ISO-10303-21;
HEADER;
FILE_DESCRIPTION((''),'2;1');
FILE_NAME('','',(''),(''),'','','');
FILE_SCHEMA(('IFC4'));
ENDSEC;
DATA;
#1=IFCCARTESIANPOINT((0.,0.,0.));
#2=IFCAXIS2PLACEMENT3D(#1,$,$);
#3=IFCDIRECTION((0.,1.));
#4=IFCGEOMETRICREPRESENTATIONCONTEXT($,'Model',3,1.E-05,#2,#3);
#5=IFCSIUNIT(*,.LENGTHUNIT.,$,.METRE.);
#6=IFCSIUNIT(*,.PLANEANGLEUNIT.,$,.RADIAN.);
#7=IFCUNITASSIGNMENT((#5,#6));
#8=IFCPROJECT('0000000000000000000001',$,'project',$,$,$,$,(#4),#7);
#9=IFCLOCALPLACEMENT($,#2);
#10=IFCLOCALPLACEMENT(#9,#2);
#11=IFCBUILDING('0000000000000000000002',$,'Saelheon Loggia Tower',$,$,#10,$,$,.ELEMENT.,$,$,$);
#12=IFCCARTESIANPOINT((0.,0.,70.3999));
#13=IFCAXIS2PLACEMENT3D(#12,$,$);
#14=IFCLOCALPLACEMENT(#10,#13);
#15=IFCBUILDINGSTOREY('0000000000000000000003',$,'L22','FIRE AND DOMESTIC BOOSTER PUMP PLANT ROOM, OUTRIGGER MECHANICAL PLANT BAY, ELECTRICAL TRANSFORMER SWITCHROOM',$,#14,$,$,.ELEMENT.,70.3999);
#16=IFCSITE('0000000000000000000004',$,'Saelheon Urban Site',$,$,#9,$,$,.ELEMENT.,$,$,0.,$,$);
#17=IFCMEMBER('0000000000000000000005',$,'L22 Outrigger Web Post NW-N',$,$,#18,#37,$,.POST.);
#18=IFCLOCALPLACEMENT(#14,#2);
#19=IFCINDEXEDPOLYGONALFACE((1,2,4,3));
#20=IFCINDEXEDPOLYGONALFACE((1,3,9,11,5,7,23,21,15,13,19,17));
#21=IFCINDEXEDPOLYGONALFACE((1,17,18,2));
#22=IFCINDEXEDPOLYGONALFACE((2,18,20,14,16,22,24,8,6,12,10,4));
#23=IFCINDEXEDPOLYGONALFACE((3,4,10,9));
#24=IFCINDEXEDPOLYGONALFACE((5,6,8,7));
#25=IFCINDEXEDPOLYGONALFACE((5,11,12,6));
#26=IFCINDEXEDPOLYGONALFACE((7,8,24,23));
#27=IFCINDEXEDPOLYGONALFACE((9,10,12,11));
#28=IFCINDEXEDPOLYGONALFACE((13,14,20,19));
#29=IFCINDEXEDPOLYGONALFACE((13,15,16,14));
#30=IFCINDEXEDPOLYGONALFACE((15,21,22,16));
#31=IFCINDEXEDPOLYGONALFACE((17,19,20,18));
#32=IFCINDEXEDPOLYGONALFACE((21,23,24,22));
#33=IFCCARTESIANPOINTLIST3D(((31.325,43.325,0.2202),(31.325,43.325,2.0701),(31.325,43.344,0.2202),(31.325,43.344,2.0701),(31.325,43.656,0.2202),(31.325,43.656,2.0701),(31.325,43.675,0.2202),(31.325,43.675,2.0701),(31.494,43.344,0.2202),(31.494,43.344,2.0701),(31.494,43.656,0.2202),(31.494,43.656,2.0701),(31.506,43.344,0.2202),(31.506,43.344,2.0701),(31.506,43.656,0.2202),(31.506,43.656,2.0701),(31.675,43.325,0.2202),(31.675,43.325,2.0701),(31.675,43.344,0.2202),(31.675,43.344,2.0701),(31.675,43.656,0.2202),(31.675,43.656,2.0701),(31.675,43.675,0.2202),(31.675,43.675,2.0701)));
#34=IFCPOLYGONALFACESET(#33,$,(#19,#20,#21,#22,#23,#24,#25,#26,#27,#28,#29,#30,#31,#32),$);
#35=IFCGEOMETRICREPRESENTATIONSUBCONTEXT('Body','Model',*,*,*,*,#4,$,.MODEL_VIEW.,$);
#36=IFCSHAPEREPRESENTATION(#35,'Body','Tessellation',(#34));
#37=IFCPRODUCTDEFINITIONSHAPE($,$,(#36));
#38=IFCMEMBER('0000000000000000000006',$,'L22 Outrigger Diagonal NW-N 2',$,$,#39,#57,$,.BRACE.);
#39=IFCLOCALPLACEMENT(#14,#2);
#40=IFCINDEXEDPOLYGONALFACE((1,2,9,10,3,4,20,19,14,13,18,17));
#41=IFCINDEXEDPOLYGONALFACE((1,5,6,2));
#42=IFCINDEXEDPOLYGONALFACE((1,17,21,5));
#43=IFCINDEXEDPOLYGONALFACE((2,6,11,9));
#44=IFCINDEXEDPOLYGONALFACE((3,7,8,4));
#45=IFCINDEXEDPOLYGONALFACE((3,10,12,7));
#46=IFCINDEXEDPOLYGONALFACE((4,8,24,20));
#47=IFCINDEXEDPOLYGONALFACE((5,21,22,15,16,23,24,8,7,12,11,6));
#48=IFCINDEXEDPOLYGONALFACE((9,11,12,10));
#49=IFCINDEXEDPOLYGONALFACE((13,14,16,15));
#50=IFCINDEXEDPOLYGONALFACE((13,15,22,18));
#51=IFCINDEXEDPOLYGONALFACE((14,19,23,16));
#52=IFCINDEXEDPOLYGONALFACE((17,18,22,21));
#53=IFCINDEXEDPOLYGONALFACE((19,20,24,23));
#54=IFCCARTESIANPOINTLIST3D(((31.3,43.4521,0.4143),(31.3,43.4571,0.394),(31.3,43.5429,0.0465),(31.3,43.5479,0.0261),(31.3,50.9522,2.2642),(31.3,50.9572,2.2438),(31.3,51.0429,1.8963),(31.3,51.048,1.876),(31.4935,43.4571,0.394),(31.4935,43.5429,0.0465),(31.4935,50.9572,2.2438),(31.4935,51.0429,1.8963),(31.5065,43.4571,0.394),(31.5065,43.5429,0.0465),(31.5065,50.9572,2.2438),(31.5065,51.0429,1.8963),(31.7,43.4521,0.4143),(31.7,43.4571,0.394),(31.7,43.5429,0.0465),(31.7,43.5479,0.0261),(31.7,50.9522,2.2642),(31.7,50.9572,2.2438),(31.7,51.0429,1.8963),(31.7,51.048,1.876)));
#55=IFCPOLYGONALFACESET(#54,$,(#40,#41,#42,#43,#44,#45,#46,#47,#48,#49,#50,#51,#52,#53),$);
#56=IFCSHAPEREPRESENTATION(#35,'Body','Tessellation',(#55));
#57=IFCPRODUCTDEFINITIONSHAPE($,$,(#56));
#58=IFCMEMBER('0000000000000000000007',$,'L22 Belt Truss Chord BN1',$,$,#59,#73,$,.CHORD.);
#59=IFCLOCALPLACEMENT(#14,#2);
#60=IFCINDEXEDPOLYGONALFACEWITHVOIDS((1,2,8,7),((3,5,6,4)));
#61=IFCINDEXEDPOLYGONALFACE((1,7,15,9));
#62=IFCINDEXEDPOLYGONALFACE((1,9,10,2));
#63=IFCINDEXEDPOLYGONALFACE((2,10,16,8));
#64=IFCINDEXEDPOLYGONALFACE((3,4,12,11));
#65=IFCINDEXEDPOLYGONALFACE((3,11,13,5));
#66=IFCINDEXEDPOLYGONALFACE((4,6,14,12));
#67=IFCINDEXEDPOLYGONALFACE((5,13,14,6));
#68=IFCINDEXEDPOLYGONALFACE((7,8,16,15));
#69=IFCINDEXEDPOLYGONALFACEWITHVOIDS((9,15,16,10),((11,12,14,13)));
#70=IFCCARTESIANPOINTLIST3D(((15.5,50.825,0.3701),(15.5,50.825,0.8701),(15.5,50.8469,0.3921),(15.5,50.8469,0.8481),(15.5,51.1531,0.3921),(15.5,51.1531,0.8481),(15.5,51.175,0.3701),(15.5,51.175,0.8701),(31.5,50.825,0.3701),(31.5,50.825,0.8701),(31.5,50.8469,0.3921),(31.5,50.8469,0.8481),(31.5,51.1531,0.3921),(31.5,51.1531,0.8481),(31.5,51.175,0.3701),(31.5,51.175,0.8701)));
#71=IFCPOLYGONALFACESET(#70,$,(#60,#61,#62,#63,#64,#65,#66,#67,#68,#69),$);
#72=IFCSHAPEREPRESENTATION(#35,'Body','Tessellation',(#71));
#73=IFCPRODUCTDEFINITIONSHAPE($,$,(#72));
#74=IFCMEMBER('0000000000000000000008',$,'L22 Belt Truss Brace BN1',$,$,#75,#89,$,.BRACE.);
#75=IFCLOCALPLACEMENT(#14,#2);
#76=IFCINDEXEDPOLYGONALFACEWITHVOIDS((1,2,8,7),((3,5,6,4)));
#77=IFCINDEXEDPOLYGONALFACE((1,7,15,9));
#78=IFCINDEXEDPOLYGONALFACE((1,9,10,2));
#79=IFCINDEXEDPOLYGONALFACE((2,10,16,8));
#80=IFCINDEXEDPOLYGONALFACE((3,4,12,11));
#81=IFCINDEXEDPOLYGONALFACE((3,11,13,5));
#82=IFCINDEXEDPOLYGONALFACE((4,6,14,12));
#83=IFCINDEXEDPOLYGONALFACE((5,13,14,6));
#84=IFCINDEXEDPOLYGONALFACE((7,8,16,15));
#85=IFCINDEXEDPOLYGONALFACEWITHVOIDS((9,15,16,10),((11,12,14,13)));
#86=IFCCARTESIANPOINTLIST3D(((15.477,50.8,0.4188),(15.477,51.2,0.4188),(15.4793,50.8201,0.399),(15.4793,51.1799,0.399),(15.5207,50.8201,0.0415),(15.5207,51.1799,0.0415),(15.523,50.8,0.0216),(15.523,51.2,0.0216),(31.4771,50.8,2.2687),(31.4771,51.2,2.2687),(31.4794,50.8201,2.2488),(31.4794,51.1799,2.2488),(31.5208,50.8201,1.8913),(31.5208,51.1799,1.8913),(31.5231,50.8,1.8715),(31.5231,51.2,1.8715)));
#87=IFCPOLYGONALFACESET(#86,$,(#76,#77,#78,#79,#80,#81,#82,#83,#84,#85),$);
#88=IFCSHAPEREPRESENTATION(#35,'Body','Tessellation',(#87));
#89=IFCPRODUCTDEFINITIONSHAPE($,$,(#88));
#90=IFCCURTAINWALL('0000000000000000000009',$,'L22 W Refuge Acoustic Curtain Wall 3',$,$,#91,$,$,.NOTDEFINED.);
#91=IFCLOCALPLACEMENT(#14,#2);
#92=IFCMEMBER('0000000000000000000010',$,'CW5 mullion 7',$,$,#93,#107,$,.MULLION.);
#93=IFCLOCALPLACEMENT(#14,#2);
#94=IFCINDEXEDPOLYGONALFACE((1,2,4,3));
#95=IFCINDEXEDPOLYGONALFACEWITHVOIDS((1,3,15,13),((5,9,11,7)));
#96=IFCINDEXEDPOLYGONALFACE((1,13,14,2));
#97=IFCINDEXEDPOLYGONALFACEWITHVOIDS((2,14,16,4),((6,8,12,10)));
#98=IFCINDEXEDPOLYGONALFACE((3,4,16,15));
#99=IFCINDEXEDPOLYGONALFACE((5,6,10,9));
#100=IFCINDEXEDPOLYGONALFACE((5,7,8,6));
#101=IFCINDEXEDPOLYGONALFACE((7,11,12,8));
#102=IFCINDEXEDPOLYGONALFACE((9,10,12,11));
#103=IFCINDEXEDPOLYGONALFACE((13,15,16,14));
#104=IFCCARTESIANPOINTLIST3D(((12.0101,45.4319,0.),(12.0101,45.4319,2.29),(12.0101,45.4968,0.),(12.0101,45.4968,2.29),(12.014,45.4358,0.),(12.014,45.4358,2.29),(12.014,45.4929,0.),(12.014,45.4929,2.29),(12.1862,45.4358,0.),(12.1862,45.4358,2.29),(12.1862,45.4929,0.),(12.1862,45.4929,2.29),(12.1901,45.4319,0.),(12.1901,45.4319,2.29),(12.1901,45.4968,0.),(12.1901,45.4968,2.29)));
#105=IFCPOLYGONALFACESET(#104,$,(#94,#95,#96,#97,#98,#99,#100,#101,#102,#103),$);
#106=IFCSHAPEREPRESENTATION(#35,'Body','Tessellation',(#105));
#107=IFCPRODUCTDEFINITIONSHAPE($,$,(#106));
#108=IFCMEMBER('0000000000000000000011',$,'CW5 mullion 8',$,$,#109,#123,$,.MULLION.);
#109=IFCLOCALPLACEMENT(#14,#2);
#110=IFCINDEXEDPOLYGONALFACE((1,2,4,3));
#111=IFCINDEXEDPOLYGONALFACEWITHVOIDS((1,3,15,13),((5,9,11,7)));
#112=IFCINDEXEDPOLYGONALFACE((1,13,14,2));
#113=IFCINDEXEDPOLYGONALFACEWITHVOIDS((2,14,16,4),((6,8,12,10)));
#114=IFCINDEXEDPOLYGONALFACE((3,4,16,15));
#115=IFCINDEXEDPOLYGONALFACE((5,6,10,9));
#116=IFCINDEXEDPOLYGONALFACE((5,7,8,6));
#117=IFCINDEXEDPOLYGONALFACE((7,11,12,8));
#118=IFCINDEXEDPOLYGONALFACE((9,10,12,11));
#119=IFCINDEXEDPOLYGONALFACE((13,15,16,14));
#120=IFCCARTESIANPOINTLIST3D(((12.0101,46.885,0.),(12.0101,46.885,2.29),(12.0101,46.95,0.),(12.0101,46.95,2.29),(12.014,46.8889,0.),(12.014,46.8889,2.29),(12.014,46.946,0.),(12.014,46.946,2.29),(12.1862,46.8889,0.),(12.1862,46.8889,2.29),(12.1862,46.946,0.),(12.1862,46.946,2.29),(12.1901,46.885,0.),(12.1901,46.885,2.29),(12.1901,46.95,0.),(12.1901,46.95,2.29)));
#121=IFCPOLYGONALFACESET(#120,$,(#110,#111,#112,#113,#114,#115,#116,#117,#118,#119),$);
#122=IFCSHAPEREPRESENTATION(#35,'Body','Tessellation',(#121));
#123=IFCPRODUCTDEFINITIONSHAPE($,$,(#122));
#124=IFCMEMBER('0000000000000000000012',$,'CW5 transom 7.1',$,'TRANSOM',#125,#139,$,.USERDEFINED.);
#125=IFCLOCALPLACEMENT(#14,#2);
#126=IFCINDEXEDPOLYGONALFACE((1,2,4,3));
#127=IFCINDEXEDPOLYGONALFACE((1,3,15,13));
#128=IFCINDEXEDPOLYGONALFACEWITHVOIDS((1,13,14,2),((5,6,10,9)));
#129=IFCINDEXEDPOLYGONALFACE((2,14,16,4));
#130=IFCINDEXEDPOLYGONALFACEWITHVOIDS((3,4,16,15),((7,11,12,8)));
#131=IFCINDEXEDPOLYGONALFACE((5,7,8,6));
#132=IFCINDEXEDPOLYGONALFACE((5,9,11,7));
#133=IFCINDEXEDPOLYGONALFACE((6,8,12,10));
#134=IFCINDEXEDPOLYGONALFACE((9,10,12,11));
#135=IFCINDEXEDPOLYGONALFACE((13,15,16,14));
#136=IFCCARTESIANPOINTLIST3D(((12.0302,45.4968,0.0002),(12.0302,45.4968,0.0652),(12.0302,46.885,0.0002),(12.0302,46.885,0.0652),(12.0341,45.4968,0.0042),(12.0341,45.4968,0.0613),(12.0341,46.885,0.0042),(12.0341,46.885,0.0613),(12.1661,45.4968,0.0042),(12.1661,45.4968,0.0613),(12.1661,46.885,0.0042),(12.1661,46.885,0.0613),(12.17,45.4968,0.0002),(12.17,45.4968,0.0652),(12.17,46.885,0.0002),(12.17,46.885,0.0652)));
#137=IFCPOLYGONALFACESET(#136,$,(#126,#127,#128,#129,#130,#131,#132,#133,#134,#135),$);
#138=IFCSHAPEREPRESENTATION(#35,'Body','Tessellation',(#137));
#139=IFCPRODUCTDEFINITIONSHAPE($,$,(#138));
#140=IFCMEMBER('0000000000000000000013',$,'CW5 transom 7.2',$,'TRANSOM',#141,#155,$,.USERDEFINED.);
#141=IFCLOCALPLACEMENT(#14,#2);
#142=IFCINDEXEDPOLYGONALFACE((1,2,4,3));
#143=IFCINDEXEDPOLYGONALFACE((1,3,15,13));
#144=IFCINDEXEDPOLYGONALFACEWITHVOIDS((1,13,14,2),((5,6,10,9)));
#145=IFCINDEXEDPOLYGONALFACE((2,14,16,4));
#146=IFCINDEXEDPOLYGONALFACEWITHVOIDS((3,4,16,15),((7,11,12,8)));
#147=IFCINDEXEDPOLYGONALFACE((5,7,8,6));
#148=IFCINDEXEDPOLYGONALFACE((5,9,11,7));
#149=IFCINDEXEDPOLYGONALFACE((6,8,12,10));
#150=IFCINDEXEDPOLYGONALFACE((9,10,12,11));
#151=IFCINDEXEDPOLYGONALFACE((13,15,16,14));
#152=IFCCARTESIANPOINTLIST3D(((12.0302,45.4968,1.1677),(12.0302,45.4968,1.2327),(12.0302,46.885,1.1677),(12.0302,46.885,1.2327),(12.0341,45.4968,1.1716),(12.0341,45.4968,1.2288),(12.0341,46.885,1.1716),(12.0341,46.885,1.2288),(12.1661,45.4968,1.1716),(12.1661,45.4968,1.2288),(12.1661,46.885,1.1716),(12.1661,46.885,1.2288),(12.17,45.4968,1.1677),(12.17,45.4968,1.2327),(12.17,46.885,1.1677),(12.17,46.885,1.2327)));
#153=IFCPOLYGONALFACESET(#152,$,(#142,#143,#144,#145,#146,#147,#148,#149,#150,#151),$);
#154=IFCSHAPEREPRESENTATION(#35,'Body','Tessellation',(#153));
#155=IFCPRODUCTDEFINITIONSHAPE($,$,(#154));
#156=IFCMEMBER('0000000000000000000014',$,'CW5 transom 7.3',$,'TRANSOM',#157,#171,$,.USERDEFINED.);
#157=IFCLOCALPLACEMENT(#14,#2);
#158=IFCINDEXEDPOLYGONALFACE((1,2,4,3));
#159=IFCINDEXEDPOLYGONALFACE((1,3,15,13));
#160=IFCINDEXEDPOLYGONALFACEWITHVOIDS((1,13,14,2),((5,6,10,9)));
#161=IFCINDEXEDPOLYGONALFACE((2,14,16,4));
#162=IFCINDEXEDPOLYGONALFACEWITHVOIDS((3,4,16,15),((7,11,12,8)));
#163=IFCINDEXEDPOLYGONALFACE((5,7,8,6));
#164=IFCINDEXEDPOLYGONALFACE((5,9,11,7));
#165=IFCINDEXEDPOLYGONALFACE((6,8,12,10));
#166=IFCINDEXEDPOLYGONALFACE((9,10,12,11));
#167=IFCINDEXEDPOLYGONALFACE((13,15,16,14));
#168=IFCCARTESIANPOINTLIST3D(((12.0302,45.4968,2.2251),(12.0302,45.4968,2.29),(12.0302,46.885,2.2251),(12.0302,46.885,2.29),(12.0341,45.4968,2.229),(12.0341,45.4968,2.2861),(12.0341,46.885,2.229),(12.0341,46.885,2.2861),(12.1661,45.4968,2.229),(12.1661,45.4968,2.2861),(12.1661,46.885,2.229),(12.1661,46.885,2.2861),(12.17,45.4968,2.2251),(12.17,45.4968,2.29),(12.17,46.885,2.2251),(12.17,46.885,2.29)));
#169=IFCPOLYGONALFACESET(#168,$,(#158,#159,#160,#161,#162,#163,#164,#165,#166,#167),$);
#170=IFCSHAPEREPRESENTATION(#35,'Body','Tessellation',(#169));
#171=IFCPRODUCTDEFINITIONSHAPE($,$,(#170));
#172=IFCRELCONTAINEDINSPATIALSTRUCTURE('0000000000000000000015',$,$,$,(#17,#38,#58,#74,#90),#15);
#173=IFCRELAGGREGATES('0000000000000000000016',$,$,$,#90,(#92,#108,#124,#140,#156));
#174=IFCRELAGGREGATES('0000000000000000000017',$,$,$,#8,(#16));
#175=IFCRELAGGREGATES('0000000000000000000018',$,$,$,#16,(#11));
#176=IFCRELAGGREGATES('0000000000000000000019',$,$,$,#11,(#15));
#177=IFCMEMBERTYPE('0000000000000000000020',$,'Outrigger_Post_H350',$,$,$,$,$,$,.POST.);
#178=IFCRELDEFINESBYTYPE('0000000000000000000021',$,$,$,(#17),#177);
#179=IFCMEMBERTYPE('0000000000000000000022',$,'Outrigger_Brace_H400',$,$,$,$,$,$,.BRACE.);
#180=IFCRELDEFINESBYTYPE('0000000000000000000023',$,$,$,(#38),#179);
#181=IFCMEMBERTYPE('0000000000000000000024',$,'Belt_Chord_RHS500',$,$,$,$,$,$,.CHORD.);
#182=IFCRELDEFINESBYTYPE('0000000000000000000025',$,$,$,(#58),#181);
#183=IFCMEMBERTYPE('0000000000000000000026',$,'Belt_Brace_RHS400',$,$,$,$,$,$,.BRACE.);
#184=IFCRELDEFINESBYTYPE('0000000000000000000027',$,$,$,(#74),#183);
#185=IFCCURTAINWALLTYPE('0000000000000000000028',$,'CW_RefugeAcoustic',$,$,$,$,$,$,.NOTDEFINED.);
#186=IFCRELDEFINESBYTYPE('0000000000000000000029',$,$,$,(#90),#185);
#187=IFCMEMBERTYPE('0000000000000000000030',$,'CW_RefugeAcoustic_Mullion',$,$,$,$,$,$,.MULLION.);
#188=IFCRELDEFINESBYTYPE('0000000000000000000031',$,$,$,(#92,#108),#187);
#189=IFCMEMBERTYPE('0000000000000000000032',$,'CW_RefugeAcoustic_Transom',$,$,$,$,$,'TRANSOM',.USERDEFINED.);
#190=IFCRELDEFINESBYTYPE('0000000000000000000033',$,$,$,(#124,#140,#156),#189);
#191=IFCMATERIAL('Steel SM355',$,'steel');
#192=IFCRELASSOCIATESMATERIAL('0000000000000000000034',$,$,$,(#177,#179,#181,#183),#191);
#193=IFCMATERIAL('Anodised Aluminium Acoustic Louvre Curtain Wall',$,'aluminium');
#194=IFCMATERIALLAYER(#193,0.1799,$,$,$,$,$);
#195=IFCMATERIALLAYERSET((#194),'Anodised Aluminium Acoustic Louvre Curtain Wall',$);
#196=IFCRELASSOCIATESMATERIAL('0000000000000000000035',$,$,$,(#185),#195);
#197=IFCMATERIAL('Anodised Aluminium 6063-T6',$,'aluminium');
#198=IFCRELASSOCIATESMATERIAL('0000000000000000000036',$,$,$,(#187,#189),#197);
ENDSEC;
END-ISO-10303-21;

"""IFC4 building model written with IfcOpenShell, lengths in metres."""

from ifc_helpers import new_model, si_unit, direction, frame, origin, origin_2d, place, context, subcontext, project, spatial, hollow_rectangle, i_section, extrude, source, transform, mapped, material, layer, layer_set, material_profile, profile_set, type_object, element, aggregate, save


model = new_model("IFC4")

# Units and contexts
model_context = context("Model", 3, precision=1e-05, world=origin(), true_north=direction((0.0, 1.0)))
body_context = subcontext(model_context, "Body", "Model", "MODEL_VIEW")
ifc_project = project(units=[si_unit("LENGTHUNIT", "METRE"), si_unit("PLANEANGLEUNIT", "RADIAN")], contexts=[model_context])

# Site, building, storey
site_placement = place(None, origin())
site = spatial("IfcSite", under=ifc_project, at=site_placement, Name="Saelheon Urban Site", CompositionType="ELEMENT", RefElevation=0.0)
building_placement = place(site_placement, origin())
building = spatial("IfcBuilding", under=site, at=building_placement, Name="Saelheon Loggia Tower", CompositionType="ELEMENT")
storey_placement = place(building_placement, frame((0.0, 0.0, 70.3999)))
storey = spatial("IfcBuildingStorey", under=building, at=storey_placement, Name="L22", Description="FIRE AND DOMESTIC BOOSTER PUMP PLANT ROOM, OUTRIGGER MECHANICAL PLANT BAY, ELECTRICAL TRANSFORMER SWITCHROOM", CompositionType="ELEMENT", Elevation=70.3999)

# Members
ifc_material_1 = material(Name="Steel SM355", Category="steel")
ifc_material_profile_1 = material_profile(ifc_material_1, i_section(OverallWidth=0.3501, OverallDepth=0.3501, WebThickness=0.012, FlangeThickness=0.019, at=origin_2d()), Name="H-350x350x12x19")
ifc_profile_set_1 = profile_set([ifc_material_profile_1], Name="Steel SM355")
member_type_1 = type_object("IfcMemberType", Name="Outrigger_Post_H350", PredefinedType="POST", material=ifc_profile_set_1)
shared_shape_1 = source(origin(), body_context, "Body", "SweptSolid", [
    extrude(i_section(OverallWidth=0.3501, OverallDepth=0.3501, WebThickness=0.012, FlangeThickness=0.019, at=origin_2d()), origin(), (0.0, 0.0, 1.0), 1.8499),
])
member_1_placement = place(storey_placement, frame((31.5, 43.5, 0.2202), z_axis=(0.0, 0.0, 1.0), x_axis=(1.0, 0.0, 0.0)))
element("IfcMember", 1, at=member_1_placement, inside=storey, type_object=member_type_1, Name="L22 Outrigger Web Post NW-N", PredefinedType="POST", context=body_context, shape_type="MappedRepresentation", body=[
    mapped(shared_shape_1, transform((0.0, 0.0, 0.0), scale=1.0)),
])
ifc_material_profile_2 = material_profile(ifc_material_1, i_section(OverallWidth=0.3999, OverallDepth=0.3999, WebThickness=0.0129, FlangeThickness=0.021, at=origin_2d()), Name="H-400x400x13x21")
ifc_profile_set_2 = profile_set([ifc_material_profile_2], Name="Steel SM355")
member_type_2 = type_object("IfcMemberType", Name="Outrigger_Brace_H400", PredefinedType="BRACE", material=ifc_profile_set_2)
shared_shape_2 = source(origin(), body_context, "Body", "SweptSolid", [
    extrude(i_section(OverallWidth=0.3999, OverallDepth=0.3999, WebThickness=0.0129, FlangeThickness=0.021, at=origin_2d()), origin(), (0.0, 0.0, 1.0), 7.7249),
])
member_2_placement = place(storey_placement, frame((31.5, 43.5, 0.2202), z_axis=(0.0, 0.970904, 0.239471), x_axis=(-1.0, 0.0, 0.0)))
element("IfcMember", 2, at=member_2_placement, inside=storey, type_object=member_type_2, Name="L22 Outrigger Diagonal NW-N 2", PredefinedType="BRACE", context=body_context, shape_type="MappedRepresentation", body=[
    mapped(shared_shape_2, transform((0.0, 0.0, 0.0), scale=1.0)),
])
ifc_material_profile_3 = material_profile(ifc_material_1, hollow_rectangle(XDim=0.3501, YDim=0.5, WallThickness=0.022, at=origin_2d()), Name="RHS-500x350x22")
ifc_profile_set_3 = profile_set([ifc_material_profile_3], Name="Steel SM355")
member_type_3 = type_object("IfcMemberType", Name="Belt_Chord_RHS500", PredefinedType="CHORD", material=ifc_profile_set_3)
shared_shape_3 = source(origin(), body_context, "Body", "SweptSolid", [
    extrude(hollow_rectangle(XDim=0.3501, YDim=0.5, WallThickness=0.022, at=origin_2d()), origin(), (0.0, 0.0, 1.0), 16.0),
])
member_3_placement = place(storey_placement, frame((15.5, 51.0, 0.6201), z_axis=(1.0, 0.0, 0.0), x_axis=(0.0, 1.0, 0.0)))
element("IfcMember", 3, at=member_3_placement, inside=storey, type_object=member_type_3, Name="L22 Belt Truss Chord BN1", PredefinedType="CHORD", context=body_context, shape_type="MappedRepresentation", body=[
    mapped(shared_shape_3, transform((0.0, 0.0, 0.0), scale=1.0)),
])
ifc_material_profile_4 = material_profile(ifc_material_1, hollow_rectangle(XDim=0.3999, YDim=0.3999, WallThickness=0.02, at=origin_2d()), Name="RHS-400x400x20")
ifc_profile_set_4 = profile_set([ifc_material_profile_4], Name="Steel SM355")
member_type_4 = type_object("IfcMemberType", Name="Belt_Brace_RHS400", PredefinedType="BRACE", material=ifc_profile_set_4)
shared_shape_4 = source(origin(), body_context, "Body", "SweptSolid", [
    extrude(hollow_rectangle(XDim=0.3999, YDim=0.3999, WallThickness=0.02, at=origin_2d()), origin(), (0.0, 0.0, 1.0), 16.1067),
])
member_4_placement = place(storey_placement, frame((15.5, 51.0, 0.2202), z_axis=(0.993383, 0.0, 0.114851), x_axis=(0.0, 1.0, 0.0)))
element("IfcMember", 4, at=member_4_placement, inside=storey, type_object=member_type_4, Name="L22 Belt Truss Brace BN1", PredefinedType="BRACE", context=body_context, shape_type="MappedRepresentation", body=[
    mapped(shared_shape_4, transform((0.0, 0.0, 0.0), scale=1.0)),
])

# Curtain wall, members
ifc_material_2 = material(Name="Anodised Aluminium Acoustic Louvre Curtain Wall", Category="aluminium")
ifc_layer_1 = layer(ifc_material_2, 0.1799)
ifc_layer_set_1 = layer_set([ifc_layer_1], Name="Anodised Aluminium Acoustic Louvre Curtain Wall")
curtain_wall_type = type_object("IfcCurtainWallType", Name="CW_RefugeAcoustic", PredefinedType="NOTDEFINED", material=ifc_layer_set_1)
curtain_wall_placement = place(storey_placement, origin())
curtain_wall = element("IfcCurtainWall", 5, at=curtain_wall_placement, inside=storey, type_object=curtain_wall_type, Name="L22 W Refuge Acoustic Curtain Wall 3", PredefinedType="NOTDEFINED")
ifc_material_3 = material(Name="Anodised Aluminium 6063-T6", Category="aluminium")
ifc_material_profile_5 = material_profile(ifc_material_3, hollow_rectangle(XDim=0.0649, YDim=0.1799, WallThickness=0.0039, at=origin_2d()), Name="RHS-180x65x4")
ifc_profile_set_5 = profile_set([ifc_material_profile_5], Name="Anodised Aluminium 6063-T6")
member_type_5 = type_object("IfcMemberType", Name="CW_RefugeAcoustic_Mullion", PredefinedType="MULLION", material=ifc_profile_set_5)
shared_shape_5 = source(origin(), body_context, "Body", "SweptSolid", [
    extrude(hollow_rectangle(XDim=0.0649, YDim=0.1799, WallThickness=0.0039, at=origin_2d()), origin(), (0.0, 0.0, 1.0), 2.29),
])
member_5_placement = place(storey_placement, frame((12.1001, 45.4644, 0.0), z_axis=(0.0, 0.0, 1.0), x_axis=(0.0, 1.0, 0.0)))
member_5 = element("IfcMember", 6, at=member_5_placement, type_object=member_type_5, Name="CW5 mullion 7", PredefinedType="MULLION", context=body_context, shape_type="MappedRepresentation", body=[
    mapped(shared_shape_5, transform((0.0, 0.0, 0.0), scale=1.0)),
])
member_6_placement = place(storey_placement, frame((12.1001, 46.9175, 0.0), z_axis=(0.0, 0.0, 1.0), x_axis=(0.0, 1.0, 0.0)))
member_6 = element("IfcMember", 7, at=member_6_placement, type_object=member_type_5, Name="CW5 mullion 8", PredefinedType="MULLION", context=body_context, shape_type="MappedRepresentation", body=[
    mapped(shared_shape_5, transform((0.0, 0.0, 0.0), scale=1.0)),
])
ifc_material_profile_6 = material_profile(ifc_material_3, hollow_rectangle(XDim=0.0649, YDim=0.1399, WallThickness=0.0039, at=origin_2d()), Name="RHS-140x65x4")
ifc_profile_set_6 = profile_set([ifc_material_profile_6], Name="Anodised Aluminium 6063-T6")
member_type_6 = type_object("IfcMemberType", Name="CW_RefugeAcoustic_Transom", ElementType="TRANSOM", PredefinedType="USERDEFINED", material=ifc_profile_set_6)
shared_shape_6 = source(origin(), body_context, "Body", "SweptSolid", [
    extrude(hollow_rectangle(XDim=0.0649, YDim=0.1399, WallThickness=0.0039, at=origin_2d()), origin(), (0.0, 0.0, 1.0), 1.3882),
])
member_7_placement = place(storey_placement, frame((12.1001, 45.4968, 0.0327), z_axis=(0.0, 1.0, 0.0), x_axis=(0.0, 0.0, 1.0)))
member_7 = element("IfcMember", 8, at=member_7_placement, type_object=member_type_6, Name="CW5 transom 7.1", ObjectType="TRANSOM", PredefinedType="USERDEFINED", context=body_context, shape_type="MappedRepresentation", body=[
    mapped(shared_shape_6, transform((0.0, 0.0, 0.0), scale=1.0)),
])
member_8_placement = place(storey_placement, frame((12.1001, 45.4968, 1.2002), z_axis=(0.0, 1.0, 0.0), x_axis=(0.0, 0.0, 1.0)))
member_8 = element("IfcMember", 9, at=member_8_placement, type_object=member_type_6, Name="CW5 transom 7.2", ObjectType="TRANSOM", PredefinedType="USERDEFINED", context=body_context, shape_type="MappedRepresentation", body=[
    mapped(shared_shape_6, transform((0.0, 0.0, 0.0), scale=1.0)),
])
member_9_placement = place(storey_placement, frame((12.1001, 45.4968, 2.2576), z_axis=(0.0, 1.0, 0.0), x_axis=(0.0, 0.0, 1.0)))
member_9 = element("IfcMember", 10, at=member_9_placement, type_object=member_type_6, Name="CW5 transom 7.3", ObjectType="TRANSOM", PredefinedType="USERDEFINED", context=body_context, shape_type="MappedRepresentation", body=[
    mapped(shared_shape_6, transform((0.0, 0.0, 0.0), scale=1.0)),
])

aggregate(curtain_wall, [member_5, member_6, member_7, member_8, member_9])

save(model, "model.ifc")
